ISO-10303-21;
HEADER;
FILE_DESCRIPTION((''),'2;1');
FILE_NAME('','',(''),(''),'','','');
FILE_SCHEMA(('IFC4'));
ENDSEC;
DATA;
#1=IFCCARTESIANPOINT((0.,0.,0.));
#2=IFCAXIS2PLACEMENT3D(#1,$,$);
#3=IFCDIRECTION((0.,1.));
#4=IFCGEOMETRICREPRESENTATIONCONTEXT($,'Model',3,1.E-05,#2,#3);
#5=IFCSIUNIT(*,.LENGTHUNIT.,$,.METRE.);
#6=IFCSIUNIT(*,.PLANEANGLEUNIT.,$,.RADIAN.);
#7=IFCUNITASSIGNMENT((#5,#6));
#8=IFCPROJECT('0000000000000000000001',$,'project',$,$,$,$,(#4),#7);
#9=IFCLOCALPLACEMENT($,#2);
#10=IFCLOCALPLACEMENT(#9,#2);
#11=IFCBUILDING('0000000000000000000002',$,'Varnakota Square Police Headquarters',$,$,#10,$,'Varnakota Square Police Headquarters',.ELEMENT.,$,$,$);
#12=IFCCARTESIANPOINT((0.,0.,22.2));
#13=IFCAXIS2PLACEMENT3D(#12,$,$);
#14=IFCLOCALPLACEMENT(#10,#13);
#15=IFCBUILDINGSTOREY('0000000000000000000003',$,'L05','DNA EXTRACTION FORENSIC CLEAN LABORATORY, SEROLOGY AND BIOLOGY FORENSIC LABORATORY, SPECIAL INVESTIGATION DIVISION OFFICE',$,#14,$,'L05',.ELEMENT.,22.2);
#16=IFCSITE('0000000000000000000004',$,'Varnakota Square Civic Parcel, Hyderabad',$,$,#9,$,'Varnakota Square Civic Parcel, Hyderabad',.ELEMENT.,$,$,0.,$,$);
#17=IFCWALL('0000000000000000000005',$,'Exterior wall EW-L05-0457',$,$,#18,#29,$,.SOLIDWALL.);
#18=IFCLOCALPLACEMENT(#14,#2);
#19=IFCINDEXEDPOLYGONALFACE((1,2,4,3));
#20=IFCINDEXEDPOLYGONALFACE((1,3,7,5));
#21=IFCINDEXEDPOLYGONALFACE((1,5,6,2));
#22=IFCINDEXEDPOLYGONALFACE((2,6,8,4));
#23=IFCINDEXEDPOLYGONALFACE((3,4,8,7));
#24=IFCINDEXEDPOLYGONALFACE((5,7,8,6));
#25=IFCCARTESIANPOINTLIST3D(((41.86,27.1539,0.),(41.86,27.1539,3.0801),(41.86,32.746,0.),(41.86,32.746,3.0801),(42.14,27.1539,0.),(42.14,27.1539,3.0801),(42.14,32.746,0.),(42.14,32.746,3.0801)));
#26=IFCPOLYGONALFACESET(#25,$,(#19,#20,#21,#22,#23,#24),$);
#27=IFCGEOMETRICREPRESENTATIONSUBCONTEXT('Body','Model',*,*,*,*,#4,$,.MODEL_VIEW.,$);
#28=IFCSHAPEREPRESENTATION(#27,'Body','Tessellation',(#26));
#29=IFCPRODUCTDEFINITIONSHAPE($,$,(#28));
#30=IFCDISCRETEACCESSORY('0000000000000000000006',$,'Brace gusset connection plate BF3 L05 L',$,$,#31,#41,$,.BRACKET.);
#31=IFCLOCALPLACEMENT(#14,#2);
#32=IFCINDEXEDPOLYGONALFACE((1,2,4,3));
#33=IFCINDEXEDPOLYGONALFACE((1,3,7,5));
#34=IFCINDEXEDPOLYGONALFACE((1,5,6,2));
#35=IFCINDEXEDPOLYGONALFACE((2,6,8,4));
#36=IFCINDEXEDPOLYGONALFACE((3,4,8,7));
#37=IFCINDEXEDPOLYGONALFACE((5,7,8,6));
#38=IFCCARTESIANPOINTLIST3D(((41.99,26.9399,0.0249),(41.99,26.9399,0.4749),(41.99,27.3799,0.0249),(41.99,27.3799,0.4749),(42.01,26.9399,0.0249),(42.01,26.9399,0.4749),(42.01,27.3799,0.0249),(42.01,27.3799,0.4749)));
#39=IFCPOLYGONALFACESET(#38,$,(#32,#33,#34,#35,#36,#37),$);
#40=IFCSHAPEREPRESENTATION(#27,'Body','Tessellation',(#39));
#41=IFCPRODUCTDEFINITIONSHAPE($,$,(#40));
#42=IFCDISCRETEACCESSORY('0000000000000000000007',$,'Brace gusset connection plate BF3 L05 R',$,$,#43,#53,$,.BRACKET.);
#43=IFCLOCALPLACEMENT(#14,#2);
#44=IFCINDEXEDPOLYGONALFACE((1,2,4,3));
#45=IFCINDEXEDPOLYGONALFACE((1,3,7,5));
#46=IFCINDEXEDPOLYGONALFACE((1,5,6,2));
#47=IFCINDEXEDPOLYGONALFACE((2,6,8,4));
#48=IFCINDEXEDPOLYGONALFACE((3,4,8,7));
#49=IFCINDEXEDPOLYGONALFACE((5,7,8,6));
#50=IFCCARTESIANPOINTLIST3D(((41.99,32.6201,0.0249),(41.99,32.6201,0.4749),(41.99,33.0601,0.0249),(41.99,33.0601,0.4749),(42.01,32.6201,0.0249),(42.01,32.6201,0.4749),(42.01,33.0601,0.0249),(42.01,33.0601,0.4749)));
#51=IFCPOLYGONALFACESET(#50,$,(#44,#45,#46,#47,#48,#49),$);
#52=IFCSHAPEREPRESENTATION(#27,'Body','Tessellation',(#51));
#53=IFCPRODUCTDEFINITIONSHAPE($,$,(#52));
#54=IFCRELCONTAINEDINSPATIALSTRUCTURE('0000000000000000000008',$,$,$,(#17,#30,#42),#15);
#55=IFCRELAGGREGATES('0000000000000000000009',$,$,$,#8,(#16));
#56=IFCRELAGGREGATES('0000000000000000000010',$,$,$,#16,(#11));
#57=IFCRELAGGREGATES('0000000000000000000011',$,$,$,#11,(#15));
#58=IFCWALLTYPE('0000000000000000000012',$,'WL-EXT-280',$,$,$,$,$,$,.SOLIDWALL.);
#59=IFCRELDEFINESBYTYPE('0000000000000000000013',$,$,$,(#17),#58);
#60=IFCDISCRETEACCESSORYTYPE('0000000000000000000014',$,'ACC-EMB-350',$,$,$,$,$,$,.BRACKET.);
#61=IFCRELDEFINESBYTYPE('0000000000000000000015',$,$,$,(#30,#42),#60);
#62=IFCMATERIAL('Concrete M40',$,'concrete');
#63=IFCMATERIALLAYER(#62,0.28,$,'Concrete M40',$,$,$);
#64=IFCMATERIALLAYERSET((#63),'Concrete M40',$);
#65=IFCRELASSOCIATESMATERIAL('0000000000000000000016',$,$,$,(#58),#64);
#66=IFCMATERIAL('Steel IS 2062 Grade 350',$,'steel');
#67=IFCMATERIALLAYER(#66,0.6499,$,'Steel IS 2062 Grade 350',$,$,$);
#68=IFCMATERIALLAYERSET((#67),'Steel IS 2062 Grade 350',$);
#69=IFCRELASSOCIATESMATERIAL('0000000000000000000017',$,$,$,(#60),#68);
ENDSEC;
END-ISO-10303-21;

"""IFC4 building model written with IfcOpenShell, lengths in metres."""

from ifc_helpers import new_model, si_unit, direction, frame, frame_2d, origin, origin_2d, place, context, subcontext, project, spatial, rectangle, extrude, material, layer, layer_set, type_object, element, save


model = new_model("IFC4")

# Units and contexts
model_context = context("Model", 3, precision=1e-05, world=origin(), true_north=direction((0.0, 1.0)))
body_context = subcontext(model_context, "Body", "Model", "MODEL_VIEW")
ifc_project = project(units=[si_unit("LENGTHUNIT", "METRE"), si_unit("PLANEANGLEUNIT", "RADIAN")], contexts=[model_context])

# Site, building, storey
site_placement = place(None, origin())
site = spatial("IfcSite", under=ifc_project, at=site_placement, Name="Varnakota Square Civic Parcel, Hyderabad", LongName="Varnakota Square Civic Parcel, Hyderabad", CompositionType="ELEMENT", RefElevation=0.0)
building_placement = place(site_placement, origin())
building = spatial("IfcBuilding", under=site, at=building_placement, Name="Varnakota Square Police Headquarters", LongName="Varnakota Square Police Headquarters", CompositionType="ELEMENT")
storey_placement = place(building_placement, frame((0.0, 0.0, 22.2)))
storey = spatial("IfcBuildingStorey", under=building, at=storey_placement, Name="L05", Description="DNA EXTRACTION FORENSIC CLEAN LABORATORY, SEROLOGY AND BIOLOGY FORENSIC LABORATORY, SPECIAL INVESTIGATION DIVISION OFFICE", LongName="L05", CompositionType="ELEMENT", Elevation=22.2)

# Shared definitions
ifc_material_1 = material(Name="Steel IS 2062 Grade 350", Category="steel")

# Wall
ifc_material_2 = material(Name="Concrete M40", Category="concrete")
ifc_layer_1 = layer(ifc_material_2, 0.28, Name="Concrete M40")
ifc_layer_set_1 = layer_set([ifc_layer_1], Name="Concrete M40")
wall_type = type_object("IfcWallType", Name="WL-EXT-280", PredefinedType="SOLIDWALL", material=ifc_layer_set_1)
wall_placement = place(storey_placement, frame((42.0, 27.1541, 0.0), z_axis=(0.0, 0.0, 1.0), x_axis=(0.0, 1.0, 0.0)))
element("IfcWall", 1, at=wall_placement, inside=storey, type_object=wall_type, Name="Exterior wall EW-L05-0457", PredefinedType="SOLIDWALL", context=body_context, shape_type="SweptSolid", body=[
    extrude(rectangle(XDim=5.592, YDim=0.28, at=frame_2d((2.7959, 0.0))), origin(), (0.0, 0.0, 1.0), 3.0801),
])

# Discrete accessories
ifc_layer_2 = layer(ifc_material_1, 0.6499, Name="Steel IS 2062 Grade 350")
ifc_layer_set_2 = layer_set([ifc_layer_2], Name="Steel IS 2062 Grade 350")
discrete_accessory_type = type_object("IfcDiscreteAccessoryType", Name="ACC-EMB-350", PredefinedType="BRACKET", material=ifc_layer_set_2)
for number, where, z_axis, x_axis, name in (
    (2, (42.0, 27.1599, 0.0249), (0.0, 0.0, 1.0), (0.0, 1.0, 0.0), "Brace gusset connection plate BF3 L05 L"),
    (3, (42.0, 32.8401, 0.0249), (0.0, 0.0, 1.0), (0.0, 1.0, 0.0), "Brace gusset connection plate BF3 L05 R"),
):
    element("IfcDiscreteAccessory", number, at=place(storey_placement, frame(where, z_axis=z_axis, x_axis=x_axis)), inside=storey, type_object=discrete_accessory_type, Name=name, PredefinedType="BRACKET", context=body_context, shape_type="SweptSolid", body=[
        extrude(rectangle(XDim=0.4399, YDim=0.02, at=origin_2d()), origin(), (0.0, 0.0, 1.0), 0.45),
    ])

save(model, "model.ifc")
